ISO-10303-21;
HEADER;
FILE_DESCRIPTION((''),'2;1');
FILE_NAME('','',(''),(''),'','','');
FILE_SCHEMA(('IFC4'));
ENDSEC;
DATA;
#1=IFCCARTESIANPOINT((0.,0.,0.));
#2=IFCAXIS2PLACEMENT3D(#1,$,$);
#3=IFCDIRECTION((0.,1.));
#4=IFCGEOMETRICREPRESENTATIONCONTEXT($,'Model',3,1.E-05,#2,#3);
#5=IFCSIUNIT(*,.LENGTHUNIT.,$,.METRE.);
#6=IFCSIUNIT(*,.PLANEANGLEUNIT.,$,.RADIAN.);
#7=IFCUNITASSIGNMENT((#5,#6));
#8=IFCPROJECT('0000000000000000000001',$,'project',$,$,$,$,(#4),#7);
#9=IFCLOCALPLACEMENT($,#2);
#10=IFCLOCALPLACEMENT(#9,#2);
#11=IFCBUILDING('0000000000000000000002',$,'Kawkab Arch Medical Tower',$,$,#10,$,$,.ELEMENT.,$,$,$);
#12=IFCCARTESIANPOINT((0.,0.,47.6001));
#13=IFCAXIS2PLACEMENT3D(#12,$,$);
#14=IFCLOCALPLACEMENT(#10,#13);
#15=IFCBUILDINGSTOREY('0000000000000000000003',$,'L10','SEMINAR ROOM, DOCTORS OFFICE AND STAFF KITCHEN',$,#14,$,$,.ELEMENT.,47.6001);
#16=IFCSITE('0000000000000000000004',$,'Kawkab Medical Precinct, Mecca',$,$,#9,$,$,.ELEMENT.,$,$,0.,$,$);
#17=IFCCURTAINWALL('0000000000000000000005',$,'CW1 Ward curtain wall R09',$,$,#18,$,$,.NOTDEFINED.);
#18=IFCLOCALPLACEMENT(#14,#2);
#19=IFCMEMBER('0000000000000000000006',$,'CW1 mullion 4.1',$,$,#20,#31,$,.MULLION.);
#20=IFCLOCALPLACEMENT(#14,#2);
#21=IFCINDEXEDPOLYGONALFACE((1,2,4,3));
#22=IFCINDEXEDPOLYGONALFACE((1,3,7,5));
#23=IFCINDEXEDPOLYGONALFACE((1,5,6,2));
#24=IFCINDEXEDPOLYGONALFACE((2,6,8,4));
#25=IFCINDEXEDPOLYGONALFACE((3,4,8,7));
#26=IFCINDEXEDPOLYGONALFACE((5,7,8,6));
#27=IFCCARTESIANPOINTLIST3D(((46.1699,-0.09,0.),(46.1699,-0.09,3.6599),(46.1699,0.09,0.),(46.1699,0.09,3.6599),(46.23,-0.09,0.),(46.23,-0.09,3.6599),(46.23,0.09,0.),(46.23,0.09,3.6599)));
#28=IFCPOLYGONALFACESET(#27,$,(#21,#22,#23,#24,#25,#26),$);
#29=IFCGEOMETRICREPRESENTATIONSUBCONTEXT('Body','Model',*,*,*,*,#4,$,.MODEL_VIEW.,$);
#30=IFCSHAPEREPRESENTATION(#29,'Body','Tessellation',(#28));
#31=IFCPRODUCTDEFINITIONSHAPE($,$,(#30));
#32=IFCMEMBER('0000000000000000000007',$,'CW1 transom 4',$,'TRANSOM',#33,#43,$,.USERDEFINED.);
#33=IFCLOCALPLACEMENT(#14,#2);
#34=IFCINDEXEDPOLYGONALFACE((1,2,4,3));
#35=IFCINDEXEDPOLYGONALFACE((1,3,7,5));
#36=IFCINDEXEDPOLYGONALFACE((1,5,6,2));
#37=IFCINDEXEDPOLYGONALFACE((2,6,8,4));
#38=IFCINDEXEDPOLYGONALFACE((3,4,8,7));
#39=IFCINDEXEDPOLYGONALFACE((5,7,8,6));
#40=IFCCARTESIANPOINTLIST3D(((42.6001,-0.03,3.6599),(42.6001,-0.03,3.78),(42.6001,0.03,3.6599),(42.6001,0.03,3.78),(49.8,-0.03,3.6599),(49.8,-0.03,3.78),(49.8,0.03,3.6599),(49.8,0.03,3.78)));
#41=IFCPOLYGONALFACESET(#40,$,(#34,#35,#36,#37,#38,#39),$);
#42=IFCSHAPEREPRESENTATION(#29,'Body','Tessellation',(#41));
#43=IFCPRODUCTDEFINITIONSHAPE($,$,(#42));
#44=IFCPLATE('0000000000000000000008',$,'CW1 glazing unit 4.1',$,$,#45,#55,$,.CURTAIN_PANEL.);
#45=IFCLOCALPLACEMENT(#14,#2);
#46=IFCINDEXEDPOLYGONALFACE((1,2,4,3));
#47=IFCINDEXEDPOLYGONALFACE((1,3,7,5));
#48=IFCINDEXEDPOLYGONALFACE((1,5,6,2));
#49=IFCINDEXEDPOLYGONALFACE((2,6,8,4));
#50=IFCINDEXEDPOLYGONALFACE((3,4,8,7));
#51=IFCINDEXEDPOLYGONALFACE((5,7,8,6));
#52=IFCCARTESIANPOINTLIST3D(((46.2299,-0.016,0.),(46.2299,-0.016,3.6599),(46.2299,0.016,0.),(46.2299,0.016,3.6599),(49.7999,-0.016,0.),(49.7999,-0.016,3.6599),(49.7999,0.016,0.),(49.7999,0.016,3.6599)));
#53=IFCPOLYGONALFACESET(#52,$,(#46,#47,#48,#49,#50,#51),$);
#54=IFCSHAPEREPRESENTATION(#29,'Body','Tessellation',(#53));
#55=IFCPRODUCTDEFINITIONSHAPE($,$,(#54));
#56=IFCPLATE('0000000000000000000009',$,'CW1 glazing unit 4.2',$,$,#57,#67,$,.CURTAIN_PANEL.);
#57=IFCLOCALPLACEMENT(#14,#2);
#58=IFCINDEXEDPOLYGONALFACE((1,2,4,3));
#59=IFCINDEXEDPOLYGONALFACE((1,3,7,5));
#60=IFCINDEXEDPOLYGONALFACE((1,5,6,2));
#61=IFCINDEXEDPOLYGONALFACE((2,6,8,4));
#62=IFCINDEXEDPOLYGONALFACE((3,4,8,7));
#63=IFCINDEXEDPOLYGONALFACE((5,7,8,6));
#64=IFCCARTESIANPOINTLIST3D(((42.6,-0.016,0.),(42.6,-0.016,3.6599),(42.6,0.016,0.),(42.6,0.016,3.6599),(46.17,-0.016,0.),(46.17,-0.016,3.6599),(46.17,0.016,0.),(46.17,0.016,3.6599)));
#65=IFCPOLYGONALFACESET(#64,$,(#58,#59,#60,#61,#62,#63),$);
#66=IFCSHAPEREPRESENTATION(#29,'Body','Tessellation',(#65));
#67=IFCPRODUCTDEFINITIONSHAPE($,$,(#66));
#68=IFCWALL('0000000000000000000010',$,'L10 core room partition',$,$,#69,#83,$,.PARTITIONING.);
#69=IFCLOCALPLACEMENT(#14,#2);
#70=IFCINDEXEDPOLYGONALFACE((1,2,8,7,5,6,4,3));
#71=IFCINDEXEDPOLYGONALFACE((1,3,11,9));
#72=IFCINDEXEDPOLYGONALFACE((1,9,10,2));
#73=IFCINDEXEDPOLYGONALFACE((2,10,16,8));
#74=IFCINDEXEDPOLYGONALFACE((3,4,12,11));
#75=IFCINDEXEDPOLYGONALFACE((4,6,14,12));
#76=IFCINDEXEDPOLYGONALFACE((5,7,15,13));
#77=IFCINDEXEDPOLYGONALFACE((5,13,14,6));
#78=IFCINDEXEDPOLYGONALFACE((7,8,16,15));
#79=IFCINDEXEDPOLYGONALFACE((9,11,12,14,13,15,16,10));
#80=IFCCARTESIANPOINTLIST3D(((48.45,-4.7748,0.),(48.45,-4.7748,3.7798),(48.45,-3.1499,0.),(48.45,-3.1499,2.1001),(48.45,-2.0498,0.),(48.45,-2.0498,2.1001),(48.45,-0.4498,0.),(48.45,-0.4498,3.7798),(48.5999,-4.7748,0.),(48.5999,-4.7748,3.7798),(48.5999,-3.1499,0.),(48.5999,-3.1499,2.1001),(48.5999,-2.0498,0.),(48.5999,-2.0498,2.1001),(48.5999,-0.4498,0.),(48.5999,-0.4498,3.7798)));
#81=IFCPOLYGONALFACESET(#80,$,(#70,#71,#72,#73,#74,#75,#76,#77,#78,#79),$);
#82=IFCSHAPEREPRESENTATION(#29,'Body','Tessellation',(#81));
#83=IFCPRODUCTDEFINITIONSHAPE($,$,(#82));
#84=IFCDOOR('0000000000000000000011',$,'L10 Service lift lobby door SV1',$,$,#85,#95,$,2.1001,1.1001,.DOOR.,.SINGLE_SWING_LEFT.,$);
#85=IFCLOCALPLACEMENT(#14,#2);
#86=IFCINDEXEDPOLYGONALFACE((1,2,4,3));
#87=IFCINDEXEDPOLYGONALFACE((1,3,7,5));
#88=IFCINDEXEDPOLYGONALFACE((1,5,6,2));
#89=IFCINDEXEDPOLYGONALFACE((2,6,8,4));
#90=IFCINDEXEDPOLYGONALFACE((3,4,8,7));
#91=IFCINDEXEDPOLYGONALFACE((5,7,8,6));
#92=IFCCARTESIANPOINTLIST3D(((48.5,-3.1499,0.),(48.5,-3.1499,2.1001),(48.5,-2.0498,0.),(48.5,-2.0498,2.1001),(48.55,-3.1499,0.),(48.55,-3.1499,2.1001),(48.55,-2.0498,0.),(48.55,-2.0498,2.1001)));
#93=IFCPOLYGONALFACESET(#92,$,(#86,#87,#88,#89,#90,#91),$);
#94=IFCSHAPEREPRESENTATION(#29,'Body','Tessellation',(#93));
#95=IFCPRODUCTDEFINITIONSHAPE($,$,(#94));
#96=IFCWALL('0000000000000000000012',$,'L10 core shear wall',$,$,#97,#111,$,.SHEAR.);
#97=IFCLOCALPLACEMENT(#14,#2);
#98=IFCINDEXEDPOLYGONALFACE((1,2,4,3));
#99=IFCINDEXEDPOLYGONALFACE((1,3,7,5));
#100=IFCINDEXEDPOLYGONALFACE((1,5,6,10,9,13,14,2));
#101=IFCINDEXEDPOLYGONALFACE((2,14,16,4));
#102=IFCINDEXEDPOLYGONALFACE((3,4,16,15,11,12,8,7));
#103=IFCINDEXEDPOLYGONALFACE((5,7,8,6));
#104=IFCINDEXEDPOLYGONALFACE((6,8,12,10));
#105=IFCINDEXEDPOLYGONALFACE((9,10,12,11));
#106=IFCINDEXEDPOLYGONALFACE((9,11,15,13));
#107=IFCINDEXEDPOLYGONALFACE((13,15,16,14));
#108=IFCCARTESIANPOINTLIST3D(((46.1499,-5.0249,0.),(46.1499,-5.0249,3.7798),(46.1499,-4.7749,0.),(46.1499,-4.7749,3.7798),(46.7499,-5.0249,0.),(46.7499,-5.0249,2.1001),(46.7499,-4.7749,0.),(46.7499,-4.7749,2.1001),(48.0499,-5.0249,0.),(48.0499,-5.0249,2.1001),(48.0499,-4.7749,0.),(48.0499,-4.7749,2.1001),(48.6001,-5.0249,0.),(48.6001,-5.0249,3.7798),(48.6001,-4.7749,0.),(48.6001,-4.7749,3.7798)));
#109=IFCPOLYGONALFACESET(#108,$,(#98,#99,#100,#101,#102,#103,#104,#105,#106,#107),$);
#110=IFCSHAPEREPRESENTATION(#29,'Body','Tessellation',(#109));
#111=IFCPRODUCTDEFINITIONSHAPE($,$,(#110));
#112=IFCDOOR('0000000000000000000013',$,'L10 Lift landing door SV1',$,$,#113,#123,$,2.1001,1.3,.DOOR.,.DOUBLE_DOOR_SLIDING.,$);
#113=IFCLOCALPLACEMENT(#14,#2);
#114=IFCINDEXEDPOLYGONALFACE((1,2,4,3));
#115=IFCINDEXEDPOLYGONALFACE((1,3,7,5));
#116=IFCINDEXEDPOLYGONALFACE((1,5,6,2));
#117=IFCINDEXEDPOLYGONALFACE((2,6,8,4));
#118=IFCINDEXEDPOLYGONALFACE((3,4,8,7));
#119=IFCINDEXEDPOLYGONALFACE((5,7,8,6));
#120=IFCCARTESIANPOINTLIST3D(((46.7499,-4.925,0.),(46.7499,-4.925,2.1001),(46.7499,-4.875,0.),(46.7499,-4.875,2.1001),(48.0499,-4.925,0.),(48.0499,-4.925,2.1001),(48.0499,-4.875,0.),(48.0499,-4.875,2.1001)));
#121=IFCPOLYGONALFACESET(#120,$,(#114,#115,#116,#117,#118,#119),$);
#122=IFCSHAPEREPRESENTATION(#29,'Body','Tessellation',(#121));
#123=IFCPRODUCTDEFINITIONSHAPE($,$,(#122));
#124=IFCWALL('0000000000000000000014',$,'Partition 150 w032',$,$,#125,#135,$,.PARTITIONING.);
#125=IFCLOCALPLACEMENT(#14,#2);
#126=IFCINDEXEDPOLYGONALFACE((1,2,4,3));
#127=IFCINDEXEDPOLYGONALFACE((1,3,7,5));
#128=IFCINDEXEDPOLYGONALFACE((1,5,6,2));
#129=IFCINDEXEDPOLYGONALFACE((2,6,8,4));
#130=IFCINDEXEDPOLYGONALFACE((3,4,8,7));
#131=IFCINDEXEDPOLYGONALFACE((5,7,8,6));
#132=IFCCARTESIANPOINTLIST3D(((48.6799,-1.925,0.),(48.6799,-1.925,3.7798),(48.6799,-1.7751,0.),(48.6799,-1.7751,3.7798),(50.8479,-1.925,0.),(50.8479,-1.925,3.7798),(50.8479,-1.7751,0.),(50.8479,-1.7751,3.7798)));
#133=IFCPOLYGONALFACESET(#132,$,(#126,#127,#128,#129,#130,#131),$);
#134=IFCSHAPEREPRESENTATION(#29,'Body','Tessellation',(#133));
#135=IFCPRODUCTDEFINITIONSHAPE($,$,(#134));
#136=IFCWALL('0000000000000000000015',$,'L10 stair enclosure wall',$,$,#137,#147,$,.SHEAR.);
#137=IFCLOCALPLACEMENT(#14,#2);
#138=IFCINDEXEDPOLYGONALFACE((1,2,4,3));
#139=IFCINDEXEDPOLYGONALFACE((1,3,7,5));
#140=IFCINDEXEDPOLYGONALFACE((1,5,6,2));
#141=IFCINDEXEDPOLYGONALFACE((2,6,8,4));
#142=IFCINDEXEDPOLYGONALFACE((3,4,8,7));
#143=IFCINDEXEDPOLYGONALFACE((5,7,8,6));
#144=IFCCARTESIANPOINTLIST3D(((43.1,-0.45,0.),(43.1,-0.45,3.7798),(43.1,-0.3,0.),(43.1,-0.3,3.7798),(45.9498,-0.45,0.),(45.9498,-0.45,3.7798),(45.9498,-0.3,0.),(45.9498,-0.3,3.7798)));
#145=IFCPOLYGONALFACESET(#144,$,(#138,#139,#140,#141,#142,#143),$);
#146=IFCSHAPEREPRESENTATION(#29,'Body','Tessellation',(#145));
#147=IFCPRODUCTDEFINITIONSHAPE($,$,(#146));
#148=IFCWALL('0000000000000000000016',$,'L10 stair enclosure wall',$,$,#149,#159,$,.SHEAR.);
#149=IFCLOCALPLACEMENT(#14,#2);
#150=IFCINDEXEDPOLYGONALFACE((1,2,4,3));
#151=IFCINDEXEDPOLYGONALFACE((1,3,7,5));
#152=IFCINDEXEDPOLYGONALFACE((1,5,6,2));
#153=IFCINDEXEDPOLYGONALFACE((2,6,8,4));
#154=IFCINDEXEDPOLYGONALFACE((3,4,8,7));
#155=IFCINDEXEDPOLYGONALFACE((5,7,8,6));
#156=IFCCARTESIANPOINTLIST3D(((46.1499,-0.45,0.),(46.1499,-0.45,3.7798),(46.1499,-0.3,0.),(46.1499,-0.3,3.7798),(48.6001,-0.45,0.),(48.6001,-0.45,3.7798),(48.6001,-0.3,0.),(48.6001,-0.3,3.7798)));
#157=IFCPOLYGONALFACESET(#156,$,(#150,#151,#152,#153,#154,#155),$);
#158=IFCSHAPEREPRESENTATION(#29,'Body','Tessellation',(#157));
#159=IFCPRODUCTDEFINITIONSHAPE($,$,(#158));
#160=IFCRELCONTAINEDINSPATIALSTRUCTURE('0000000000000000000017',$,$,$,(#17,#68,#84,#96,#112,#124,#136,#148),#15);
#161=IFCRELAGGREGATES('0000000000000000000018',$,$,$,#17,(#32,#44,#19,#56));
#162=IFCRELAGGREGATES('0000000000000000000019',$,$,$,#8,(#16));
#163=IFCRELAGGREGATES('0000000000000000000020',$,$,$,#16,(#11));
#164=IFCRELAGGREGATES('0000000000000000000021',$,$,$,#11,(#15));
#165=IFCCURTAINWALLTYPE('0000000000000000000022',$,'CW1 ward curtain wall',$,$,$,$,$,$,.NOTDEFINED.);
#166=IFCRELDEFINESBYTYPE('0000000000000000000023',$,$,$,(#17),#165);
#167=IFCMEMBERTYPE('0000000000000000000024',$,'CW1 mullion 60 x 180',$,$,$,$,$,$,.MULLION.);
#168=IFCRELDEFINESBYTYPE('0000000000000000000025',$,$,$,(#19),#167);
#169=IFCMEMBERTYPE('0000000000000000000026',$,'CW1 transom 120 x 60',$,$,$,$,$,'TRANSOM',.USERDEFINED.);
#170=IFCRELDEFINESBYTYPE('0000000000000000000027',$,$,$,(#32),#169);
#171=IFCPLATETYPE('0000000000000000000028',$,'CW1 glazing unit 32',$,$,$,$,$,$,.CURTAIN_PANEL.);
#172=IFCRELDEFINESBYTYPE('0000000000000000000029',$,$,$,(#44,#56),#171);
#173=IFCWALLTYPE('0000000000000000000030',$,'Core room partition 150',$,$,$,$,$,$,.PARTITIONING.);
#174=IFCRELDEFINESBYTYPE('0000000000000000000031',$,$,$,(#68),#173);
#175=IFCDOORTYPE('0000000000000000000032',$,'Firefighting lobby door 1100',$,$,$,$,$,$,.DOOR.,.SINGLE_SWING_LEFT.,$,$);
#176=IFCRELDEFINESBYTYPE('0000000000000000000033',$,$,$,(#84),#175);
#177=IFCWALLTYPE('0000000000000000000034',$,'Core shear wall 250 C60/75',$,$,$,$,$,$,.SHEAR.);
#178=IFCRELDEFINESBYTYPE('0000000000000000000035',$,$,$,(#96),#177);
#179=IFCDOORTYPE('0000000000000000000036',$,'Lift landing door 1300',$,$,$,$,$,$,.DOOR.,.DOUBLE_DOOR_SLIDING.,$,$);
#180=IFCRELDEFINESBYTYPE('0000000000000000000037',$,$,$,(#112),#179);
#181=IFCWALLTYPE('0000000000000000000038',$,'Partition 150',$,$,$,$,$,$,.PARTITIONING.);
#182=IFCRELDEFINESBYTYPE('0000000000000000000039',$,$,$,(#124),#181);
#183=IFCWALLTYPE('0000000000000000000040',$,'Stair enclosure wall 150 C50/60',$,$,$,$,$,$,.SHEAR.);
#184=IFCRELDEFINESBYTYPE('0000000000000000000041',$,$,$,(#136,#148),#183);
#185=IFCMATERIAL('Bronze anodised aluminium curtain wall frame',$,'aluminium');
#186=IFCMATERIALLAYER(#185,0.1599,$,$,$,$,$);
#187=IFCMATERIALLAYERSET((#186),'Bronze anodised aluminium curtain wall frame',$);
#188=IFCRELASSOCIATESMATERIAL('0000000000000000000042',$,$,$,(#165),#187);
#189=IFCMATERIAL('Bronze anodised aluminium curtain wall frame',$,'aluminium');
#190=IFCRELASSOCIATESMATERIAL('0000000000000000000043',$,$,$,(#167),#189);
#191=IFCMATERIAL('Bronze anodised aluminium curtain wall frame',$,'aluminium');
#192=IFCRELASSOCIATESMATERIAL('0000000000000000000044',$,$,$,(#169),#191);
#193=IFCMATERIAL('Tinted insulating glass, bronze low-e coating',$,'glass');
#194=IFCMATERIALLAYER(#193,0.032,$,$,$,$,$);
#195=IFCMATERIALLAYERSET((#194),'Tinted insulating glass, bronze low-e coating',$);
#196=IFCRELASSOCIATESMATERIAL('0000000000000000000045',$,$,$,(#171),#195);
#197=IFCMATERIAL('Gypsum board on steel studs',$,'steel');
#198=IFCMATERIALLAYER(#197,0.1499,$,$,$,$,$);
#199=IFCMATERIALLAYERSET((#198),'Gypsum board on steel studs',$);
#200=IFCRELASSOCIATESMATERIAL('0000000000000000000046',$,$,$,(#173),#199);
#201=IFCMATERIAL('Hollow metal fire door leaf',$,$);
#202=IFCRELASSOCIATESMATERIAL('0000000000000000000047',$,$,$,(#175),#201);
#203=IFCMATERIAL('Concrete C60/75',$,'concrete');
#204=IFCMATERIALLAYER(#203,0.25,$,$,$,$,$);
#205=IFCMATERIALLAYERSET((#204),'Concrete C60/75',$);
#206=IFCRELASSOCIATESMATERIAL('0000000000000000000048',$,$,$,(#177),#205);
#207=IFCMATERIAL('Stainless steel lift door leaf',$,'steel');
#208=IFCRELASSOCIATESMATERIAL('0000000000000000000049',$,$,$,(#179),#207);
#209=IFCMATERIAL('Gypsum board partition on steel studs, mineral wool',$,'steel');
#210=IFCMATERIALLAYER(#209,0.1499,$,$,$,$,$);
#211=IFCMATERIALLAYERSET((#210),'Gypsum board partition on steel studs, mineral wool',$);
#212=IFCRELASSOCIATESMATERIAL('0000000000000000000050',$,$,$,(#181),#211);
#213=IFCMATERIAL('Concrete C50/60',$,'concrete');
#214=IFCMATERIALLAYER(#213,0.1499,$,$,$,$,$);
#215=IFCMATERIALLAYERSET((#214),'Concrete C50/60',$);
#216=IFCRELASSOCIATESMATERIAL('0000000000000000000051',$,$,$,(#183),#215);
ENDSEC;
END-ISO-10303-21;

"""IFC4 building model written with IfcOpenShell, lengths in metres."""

from ifc_helpers import new_model, si_unit, direction, frame, frame_2d, origin, origin_2d, place, context, subcontext, project, spatial, rectangle, extrude, material, layer, layer_set, material_profile, profile_set, type_object, element, fill, aggregate, save


model = new_model("IFC4")

# Units and contexts
model_context = context("Model", 3, precision=1e-05, world=origin(), true_north=direction((0.0, 1.0)))
body_context = subcontext(model_context, "Body", "Model", "MODEL_VIEW")
ifc_project = project(units=[si_unit("LENGTHUNIT", "METRE"), si_unit("PLANEANGLEUNIT", "RADIAN")], contexts=[model_context])

# Site, building, storey
site_placement = place(None, origin())
site = spatial("IfcSite", under=ifc_project, at=site_placement, Name="Kawkab Medical Precinct, Mecca", CompositionType="ELEMENT", RefElevation=0.0)
building_placement = place(site_placement, origin())
building = spatial("IfcBuilding", under=site, at=building_placement, Name="Kawkab Arch Medical Tower", CompositionType="ELEMENT")
storey_placement = place(building_placement, frame((0.0, 0.0, 47.6001)))
storey = spatial("IfcBuildingStorey", under=building, at=storey_placement, Name="L10", Description="SEMINAR ROOM, DOCTORS OFFICE AND STAFF KITCHEN", CompositionType="ELEMENT", Elevation=47.6001)

# Curtain wall, members, plates
ifc_material_1 = material(Name="Bronze anodised aluminium curtain wall frame", Category="aluminium")
ifc_layer_1 = layer(ifc_material_1, 0.1599)
ifc_layer_set_1 = layer_set([ifc_layer_1], Name="Bronze anodised aluminium curtain wall frame")
curtain_wall_type = type_object("IfcCurtainWallType", Name="CW1 ward curtain wall", PredefinedType="NOTDEFINED", material=ifc_layer_set_1)
placement = place(storey_placement, origin())
curtain_wall = element("IfcCurtainWall", 1, at=placement, inside=storey, type_object=curtain_wall_type, Name="CW1 Ward curtain wall R09", PredefinedType="NOTDEFINED")
ifc_material_2 = material(Name="Bronze anodised aluminium curtain wall frame", Category="aluminium")
ifc_material_profile_1 = material_profile(ifc_material_2, rectangle(XDim=0.1799, YDim=0.0601, at=origin_2d()), Name="AL 60x180")
ifc_profile_set_1 = profile_set([ifc_material_profile_1], Name="Bronze anodised aluminium curtain wall frame")
member_type_1 = type_object("IfcMemberType", Name="CW1 mullion 60 x 180", PredefinedType="MULLION", material=ifc_profile_set_1)
member_1_placement = place(storey_placement, frame((46.2, 0.0, 0.0), z_axis=(0.0, 0.0, 1.0), x_axis=(0.0, -1.0, 0.0)))
member_1 = element("IfcMember", 2, at=member_1_placement, type_object=member_type_1, Name="CW1 mullion 4.1", PredefinedType="MULLION", context=body_context, shape_type="SweptSolid", body=[
    extrude(rectangle(XDim=0.1799, YDim=0.0601, at=origin_2d()), origin(), (0.0, 0.0, 1.0), 3.6599),
])
ifc_material_3 = material(Name="Bronze anodised aluminium curtain wall frame", Category="aluminium")
ifc_material_profile_2 = material_profile(ifc_material_3, rectangle(XDim=0.0601, YDim=0.1201, at=origin_2d()), Name="AL 60x120")
ifc_profile_set_2 = profile_set([ifc_material_profile_2], Name="Bronze anodised aluminium curtain wall frame")
member_type_2 = type_object("IfcMemberType", Name="CW1 transom 120 x 60", ElementType="TRANSOM", PredefinedType="USERDEFINED", material=ifc_profile_set_2)
member_2_placement = place(storey_placement, frame((49.8, 0.0, 3.72), z_axis=(-1.0, 0.0, 0.0), x_axis=(0.0, -1.0, 0.0)))
member_2 = element("IfcMember", 3, at=member_2_placement, type_object=member_type_2, Name="CW1 transom 4", ObjectType="TRANSOM", PredefinedType="USERDEFINED", context=body_context, shape_type="SweptSolid", body=[
    extrude(rectangle(XDim=0.0601, YDim=0.1201, at=origin_2d()), origin(), (0.0, 0.0, 1.0), 7.2),
])
ifc_material_4 = material(Name="Tinted insulating glass, bronze low-e coating", Category="glass")
ifc_layer_2 = layer(ifc_material_4, 0.032)
ifc_layer_set_2 = layer_set([ifc_layer_2], Name="Tinted insulating glass, bronze low-e coating")
plate_type = type_object("IfcPlateType", Name="CW1 glazing unit 32", PredefinedType="CURTAIN_PANEL", material=ifc_layer_set_2)
plate_1_placement = place(storey_placement, frame((48.0149, 0.0, 0.0), z_axis=(0.0, 0.0, 1.0), x_axis=(-1.0, 0.0, 0.0)))
plate_1 = element("IfcPlate", 4, at=plate_1_placement, type_object=plate_type, Name="CW1 glazing unit 4.1", PredefinedType="CURTAIN_PANEL", context=body_context, shape_type="SweptSolid", body=[
    extrude(rectangle(XDim=3.5701, YDim=0.032, at=origin_2d()), origin(), (0.0, 0.0, 1.0), 3.6599),
])
plate_2_placement = place(storey_placement, frame((44.385, 0.0, 0.0), z_axis=(0.0, 0.0, 1.0), x_axis=(-1.0, 0.0, 0.0)))
plate_2 = element("IfcPlate", 5, at=plate_2_placement, type_object=plate_type, Name="CW1 glazing unit 4.2", PredefinedType="CURTAIN_PANEL", context=body_context, shape_type="SweptSolid", body=[
    extrude(rectangle(XDim=3.5701, YDim=0.032, at=origin_2d()), origin(), (0.0, 0.0, 1.0), 3.6599),
])
aggregate(curtain_wall, [member_2, plate_1, member_1, plate_2])

# Walls, openings, doors
ifc_material_5 = material(Name="Gypsum board on steel studs", Category="steel")
ifc_layer_3 = layer(ifc_material_5, 0.1499)
ifc_layer_set_3 = layer_set([ifc_layer_3], Name="Gypsum board on steel studs")
wall_type_1 = type_object("IfcWallType", Name="Core room partition 150", PredefinedType="PARTITIONING", material=ifc_layer_set_3)
wall_1_placement = place(storey_placement, frame((48.5249, -4.7749, 0.0), z_axis=(0.0, 0.0, 1.0), x_axis=(0.0, 1.0, 0.0)))
wall_1 = element("IfcWall", 6, at=wall_1_placement, inside=storey, type_object=wall_type_1, Name="L10 core room partition", PredefinedType="PARTITIONING", context=body_context, shape_type="SweptSolid", body=[
    extrude(rectangle(XDim=4.325, YDim=0.1499, at=frame_2d((2.1626, 0.0))), origin(), (0.0, 0.0, 1.0), 3.7798),
])
opening_1_placement = place(wall_1_placement, frame((1.625, 0.0, 0.0)))
opening_1 = element("IfcOpeningElement", 7, at=opening_1_placement, cuts=wall_1, PredefinedType="OPENING", context=body_context, shape_type="SweptSolid", body=[
    extrude(rectangle(XDim=1.1001, YDim=2.1001, at=frame_2d((0.55, 1.05))), frame((0.0, 0.085, 0.0), z_axis=(0.0, -1.0, 0.0), x_axis=(1.0, 0.0, 0.0)), (0.0, 0.0, 1.0), 0.1699),
])
ifc_material_6 = material(Name="Hollow metal fire door leaf")
door_type_1 = type_object("IfcDoorType", Name="Firefighting lobby door 1100", OperationType="SINGLE_SWING_LEFT", PredefinedType="DOOR", material=ifc_material_6)
door_1_placement = place(opening_1_placement, origin())
door_1 = element("IfcDoor", 8, at=door_1_placement, inside=storey, type_object=door_type_1, Name="L10 Service lift lobby door SV1", OperationType="SINGLE_SWING_LEFT", OverallHeight=2.1001, OverallWidth=1.1001, PredefinedType="DOOR", context=body_context, shape_type="SweptSolid", body=[
    extrude(rectangle(XDim=1.1001, YDim=2.1001, at=frame_2d((0.55, 1.05))), frame((0.0, 0.0249, 0.0), z_axis=(0.0, -1.0, 0.0), x_axis=(1.0, 0.0, 0.0)), (0.0, 0.0, 1.0), 0.05),
])
fill(opening_1, door_1)
ifc_material_7 = material(Name="Concrete C60/75", Category="concrete")
ifc_layer_4 = layer(ifc_material_7, 0.25)
ifc_layer_set_4 = layer_set([ifc_layer_4], Name="Concrete C60/75")
wall_type_2 = type_object("IfcWallType", Name="Core shear wall 250 C60/75", PredefinedType="SHEAR", material=ifc_layer_set_4)
wall_2_placement = place(storey_placement, frame((46.1499, -4.8999, 0.0), z_axis=(0.0, 0.0, 1.0), x_axis=(1.0, 0.0, 0.0)))
wall_2 = element("IfcWall", 9, at=wall_2_placement, inside=storey, type_object=wall_type_2, Name="L10 core shear wall", PredefinedType="SHEAR", context=body_context, shape_type="SweptSolid", body=[
    extrude(rectangle(XDim=2.4502, YDim=0.25, at=frame_2d((1.2251, 0.0))), origin(), (0.0, 0.0, 1.0), 3.7798),
])
opening_2_placement = place(wall_2_placement, frame((0.6001, 0.0, 0.0)))
opening_2 = element("IfcOpeningElement", 10, at=opening_2_placement, cuts=wall_2, PredefinedType="OPENING", context=body_context, shape_type="SweptSolid", body=[
    extrude(rectangle(XDim=1.3, YDim=2.1001, at=frame_2d((0.6499, 1.05))), frame((0.0, 0.135, 0.0), z_axis=(0.0, -1.0, 0.0), x_axis=(1.0, 0.0, 0.0)), (0.0, 0.0, 1.0), 0.27),
])
ifc_material_8 = material(Name="Stainless steel lift door leaf", Category="steel")
door_type_2 = type_object("IfcDoorType", Name="Lift landing door 1300", OperationType="DOUBLE_DOOR_SLIDING", PredefinedType="DOOR", material=ifc_material_8)
door_2_placement = place(opening_2_placement, origin())
door_2 = element("IfcDoor", 11, at=door_2_placement, inside=storey, type_object=door_type_2, Name="L10 Lift landing door SV1", OperationType="DOUBLE_DOOR_SLIDING", OverallHeight=2.1001, OverallWidth=1.3, PredefinedType="DOOR", context=body_context, shape_type="SweptSolid", body=[
    extrude(rectangle(XDim=1.3, YDim=2.1001, at=frame_2d((0.6499, 1.05))), frame((0.0, 0.0249, 0.0), z_axis=(0.0, -1.0, 0.0), x_axis=(1.0, 0.0, 0.0)), (0.0, 0.0, 1.0), 0.05),
])
fill(opening_2, door_2)

# Walls
ifc_material_9 = material(Name="Gypsum board partition on steel studs, mineral wool", Category="steel")
ifc_layer_5 = layer(ifc_material_9, 0.1499)
ifc_layer_set_5 = layer_set([ifc_layer_5], Name="Gypsum board partition on steel studs, mineral wool")
wall_type_3 = type_object("IfcWallType", Name="Partition 150", PredefinedType="PARTITIONING", material=ifc_layer_set_5)
wall_3_placement = place(storey_placement, frame((48.6799, -1.8501, 0.0), z_axis=(0.0, 0.0, 1.0), x_axis=(1.0, 0.0, 0.0)))
element("IfcWall", 12, at=wall_3_placement, inside=storey, type_object=wall_type_3, Name="Partition 150 w032", PredefinedType="PARTITIONING", context=body_context, shape_type="SweptSolid", body=[
    extrude(rectangle(XDim=2.168, YDim=0.1499, at=frame_2d((1.084, 0.0))), origin(), (0.0, 0.0, 1.0), 3.7798),
])
ifc_material_10 = material(Name="Concrete C50/60", Category="concrete")
ifc_layer_6 = layer(ifc_material_10, 0.1499)
ifc_layer_set_6 = layer_set([ifc_layer_6], Name="Concrete C50/60")
wall_type_4 = type_object("IfcWallType", Name="Stair enclosure wall 150 C50/60", PredefinedType="SHEAR", material=ifc_layer_set_6)
wall_4_placement = place(storey_placement, frame((43.1001, -0.375, 0.0), z_axis=(0.0, 0.0, 1.0), x_axis=(1.0, 0.0, 0.0)))
element("IfcWall", 13, at=wall_4_placement, inside=storey, type_object=wall_type_4, Name="L10 stair enclosure wall", PredefinedType="SHEAR", context=body_context, shape_type="SweptSolid", body=[
    extrude(rectangle(XDim=2.8499, YDim=0.1499, at=frame_2d((1.4248, 0.0))), origin(), (0.0, 0.0, 1.0), 3.7798),
])
wall_5_placement = place(storey_placement, frame((46.1499, -0.375, 0.0), z_axis=(0.0, 0.0, 1.0), x_axis=(1.0, 0.0, 0.0)))
element("IfcWall", 14, at=wall_5_placement, inside=storey, type_object=wall_type_4, Name="L10 stair enclosure wall", PredefinedType="SHEAR", context=body_context, shape_type="SweptSolid", body=[
    extrude(rectangle(XDim=2.4502, YDim=0.1499, at=frame_2d((1.2251, 0.0))), origin(), (0.0, 0.0, 1.0), 3.7798),
])

save(model, "model.ifc")
